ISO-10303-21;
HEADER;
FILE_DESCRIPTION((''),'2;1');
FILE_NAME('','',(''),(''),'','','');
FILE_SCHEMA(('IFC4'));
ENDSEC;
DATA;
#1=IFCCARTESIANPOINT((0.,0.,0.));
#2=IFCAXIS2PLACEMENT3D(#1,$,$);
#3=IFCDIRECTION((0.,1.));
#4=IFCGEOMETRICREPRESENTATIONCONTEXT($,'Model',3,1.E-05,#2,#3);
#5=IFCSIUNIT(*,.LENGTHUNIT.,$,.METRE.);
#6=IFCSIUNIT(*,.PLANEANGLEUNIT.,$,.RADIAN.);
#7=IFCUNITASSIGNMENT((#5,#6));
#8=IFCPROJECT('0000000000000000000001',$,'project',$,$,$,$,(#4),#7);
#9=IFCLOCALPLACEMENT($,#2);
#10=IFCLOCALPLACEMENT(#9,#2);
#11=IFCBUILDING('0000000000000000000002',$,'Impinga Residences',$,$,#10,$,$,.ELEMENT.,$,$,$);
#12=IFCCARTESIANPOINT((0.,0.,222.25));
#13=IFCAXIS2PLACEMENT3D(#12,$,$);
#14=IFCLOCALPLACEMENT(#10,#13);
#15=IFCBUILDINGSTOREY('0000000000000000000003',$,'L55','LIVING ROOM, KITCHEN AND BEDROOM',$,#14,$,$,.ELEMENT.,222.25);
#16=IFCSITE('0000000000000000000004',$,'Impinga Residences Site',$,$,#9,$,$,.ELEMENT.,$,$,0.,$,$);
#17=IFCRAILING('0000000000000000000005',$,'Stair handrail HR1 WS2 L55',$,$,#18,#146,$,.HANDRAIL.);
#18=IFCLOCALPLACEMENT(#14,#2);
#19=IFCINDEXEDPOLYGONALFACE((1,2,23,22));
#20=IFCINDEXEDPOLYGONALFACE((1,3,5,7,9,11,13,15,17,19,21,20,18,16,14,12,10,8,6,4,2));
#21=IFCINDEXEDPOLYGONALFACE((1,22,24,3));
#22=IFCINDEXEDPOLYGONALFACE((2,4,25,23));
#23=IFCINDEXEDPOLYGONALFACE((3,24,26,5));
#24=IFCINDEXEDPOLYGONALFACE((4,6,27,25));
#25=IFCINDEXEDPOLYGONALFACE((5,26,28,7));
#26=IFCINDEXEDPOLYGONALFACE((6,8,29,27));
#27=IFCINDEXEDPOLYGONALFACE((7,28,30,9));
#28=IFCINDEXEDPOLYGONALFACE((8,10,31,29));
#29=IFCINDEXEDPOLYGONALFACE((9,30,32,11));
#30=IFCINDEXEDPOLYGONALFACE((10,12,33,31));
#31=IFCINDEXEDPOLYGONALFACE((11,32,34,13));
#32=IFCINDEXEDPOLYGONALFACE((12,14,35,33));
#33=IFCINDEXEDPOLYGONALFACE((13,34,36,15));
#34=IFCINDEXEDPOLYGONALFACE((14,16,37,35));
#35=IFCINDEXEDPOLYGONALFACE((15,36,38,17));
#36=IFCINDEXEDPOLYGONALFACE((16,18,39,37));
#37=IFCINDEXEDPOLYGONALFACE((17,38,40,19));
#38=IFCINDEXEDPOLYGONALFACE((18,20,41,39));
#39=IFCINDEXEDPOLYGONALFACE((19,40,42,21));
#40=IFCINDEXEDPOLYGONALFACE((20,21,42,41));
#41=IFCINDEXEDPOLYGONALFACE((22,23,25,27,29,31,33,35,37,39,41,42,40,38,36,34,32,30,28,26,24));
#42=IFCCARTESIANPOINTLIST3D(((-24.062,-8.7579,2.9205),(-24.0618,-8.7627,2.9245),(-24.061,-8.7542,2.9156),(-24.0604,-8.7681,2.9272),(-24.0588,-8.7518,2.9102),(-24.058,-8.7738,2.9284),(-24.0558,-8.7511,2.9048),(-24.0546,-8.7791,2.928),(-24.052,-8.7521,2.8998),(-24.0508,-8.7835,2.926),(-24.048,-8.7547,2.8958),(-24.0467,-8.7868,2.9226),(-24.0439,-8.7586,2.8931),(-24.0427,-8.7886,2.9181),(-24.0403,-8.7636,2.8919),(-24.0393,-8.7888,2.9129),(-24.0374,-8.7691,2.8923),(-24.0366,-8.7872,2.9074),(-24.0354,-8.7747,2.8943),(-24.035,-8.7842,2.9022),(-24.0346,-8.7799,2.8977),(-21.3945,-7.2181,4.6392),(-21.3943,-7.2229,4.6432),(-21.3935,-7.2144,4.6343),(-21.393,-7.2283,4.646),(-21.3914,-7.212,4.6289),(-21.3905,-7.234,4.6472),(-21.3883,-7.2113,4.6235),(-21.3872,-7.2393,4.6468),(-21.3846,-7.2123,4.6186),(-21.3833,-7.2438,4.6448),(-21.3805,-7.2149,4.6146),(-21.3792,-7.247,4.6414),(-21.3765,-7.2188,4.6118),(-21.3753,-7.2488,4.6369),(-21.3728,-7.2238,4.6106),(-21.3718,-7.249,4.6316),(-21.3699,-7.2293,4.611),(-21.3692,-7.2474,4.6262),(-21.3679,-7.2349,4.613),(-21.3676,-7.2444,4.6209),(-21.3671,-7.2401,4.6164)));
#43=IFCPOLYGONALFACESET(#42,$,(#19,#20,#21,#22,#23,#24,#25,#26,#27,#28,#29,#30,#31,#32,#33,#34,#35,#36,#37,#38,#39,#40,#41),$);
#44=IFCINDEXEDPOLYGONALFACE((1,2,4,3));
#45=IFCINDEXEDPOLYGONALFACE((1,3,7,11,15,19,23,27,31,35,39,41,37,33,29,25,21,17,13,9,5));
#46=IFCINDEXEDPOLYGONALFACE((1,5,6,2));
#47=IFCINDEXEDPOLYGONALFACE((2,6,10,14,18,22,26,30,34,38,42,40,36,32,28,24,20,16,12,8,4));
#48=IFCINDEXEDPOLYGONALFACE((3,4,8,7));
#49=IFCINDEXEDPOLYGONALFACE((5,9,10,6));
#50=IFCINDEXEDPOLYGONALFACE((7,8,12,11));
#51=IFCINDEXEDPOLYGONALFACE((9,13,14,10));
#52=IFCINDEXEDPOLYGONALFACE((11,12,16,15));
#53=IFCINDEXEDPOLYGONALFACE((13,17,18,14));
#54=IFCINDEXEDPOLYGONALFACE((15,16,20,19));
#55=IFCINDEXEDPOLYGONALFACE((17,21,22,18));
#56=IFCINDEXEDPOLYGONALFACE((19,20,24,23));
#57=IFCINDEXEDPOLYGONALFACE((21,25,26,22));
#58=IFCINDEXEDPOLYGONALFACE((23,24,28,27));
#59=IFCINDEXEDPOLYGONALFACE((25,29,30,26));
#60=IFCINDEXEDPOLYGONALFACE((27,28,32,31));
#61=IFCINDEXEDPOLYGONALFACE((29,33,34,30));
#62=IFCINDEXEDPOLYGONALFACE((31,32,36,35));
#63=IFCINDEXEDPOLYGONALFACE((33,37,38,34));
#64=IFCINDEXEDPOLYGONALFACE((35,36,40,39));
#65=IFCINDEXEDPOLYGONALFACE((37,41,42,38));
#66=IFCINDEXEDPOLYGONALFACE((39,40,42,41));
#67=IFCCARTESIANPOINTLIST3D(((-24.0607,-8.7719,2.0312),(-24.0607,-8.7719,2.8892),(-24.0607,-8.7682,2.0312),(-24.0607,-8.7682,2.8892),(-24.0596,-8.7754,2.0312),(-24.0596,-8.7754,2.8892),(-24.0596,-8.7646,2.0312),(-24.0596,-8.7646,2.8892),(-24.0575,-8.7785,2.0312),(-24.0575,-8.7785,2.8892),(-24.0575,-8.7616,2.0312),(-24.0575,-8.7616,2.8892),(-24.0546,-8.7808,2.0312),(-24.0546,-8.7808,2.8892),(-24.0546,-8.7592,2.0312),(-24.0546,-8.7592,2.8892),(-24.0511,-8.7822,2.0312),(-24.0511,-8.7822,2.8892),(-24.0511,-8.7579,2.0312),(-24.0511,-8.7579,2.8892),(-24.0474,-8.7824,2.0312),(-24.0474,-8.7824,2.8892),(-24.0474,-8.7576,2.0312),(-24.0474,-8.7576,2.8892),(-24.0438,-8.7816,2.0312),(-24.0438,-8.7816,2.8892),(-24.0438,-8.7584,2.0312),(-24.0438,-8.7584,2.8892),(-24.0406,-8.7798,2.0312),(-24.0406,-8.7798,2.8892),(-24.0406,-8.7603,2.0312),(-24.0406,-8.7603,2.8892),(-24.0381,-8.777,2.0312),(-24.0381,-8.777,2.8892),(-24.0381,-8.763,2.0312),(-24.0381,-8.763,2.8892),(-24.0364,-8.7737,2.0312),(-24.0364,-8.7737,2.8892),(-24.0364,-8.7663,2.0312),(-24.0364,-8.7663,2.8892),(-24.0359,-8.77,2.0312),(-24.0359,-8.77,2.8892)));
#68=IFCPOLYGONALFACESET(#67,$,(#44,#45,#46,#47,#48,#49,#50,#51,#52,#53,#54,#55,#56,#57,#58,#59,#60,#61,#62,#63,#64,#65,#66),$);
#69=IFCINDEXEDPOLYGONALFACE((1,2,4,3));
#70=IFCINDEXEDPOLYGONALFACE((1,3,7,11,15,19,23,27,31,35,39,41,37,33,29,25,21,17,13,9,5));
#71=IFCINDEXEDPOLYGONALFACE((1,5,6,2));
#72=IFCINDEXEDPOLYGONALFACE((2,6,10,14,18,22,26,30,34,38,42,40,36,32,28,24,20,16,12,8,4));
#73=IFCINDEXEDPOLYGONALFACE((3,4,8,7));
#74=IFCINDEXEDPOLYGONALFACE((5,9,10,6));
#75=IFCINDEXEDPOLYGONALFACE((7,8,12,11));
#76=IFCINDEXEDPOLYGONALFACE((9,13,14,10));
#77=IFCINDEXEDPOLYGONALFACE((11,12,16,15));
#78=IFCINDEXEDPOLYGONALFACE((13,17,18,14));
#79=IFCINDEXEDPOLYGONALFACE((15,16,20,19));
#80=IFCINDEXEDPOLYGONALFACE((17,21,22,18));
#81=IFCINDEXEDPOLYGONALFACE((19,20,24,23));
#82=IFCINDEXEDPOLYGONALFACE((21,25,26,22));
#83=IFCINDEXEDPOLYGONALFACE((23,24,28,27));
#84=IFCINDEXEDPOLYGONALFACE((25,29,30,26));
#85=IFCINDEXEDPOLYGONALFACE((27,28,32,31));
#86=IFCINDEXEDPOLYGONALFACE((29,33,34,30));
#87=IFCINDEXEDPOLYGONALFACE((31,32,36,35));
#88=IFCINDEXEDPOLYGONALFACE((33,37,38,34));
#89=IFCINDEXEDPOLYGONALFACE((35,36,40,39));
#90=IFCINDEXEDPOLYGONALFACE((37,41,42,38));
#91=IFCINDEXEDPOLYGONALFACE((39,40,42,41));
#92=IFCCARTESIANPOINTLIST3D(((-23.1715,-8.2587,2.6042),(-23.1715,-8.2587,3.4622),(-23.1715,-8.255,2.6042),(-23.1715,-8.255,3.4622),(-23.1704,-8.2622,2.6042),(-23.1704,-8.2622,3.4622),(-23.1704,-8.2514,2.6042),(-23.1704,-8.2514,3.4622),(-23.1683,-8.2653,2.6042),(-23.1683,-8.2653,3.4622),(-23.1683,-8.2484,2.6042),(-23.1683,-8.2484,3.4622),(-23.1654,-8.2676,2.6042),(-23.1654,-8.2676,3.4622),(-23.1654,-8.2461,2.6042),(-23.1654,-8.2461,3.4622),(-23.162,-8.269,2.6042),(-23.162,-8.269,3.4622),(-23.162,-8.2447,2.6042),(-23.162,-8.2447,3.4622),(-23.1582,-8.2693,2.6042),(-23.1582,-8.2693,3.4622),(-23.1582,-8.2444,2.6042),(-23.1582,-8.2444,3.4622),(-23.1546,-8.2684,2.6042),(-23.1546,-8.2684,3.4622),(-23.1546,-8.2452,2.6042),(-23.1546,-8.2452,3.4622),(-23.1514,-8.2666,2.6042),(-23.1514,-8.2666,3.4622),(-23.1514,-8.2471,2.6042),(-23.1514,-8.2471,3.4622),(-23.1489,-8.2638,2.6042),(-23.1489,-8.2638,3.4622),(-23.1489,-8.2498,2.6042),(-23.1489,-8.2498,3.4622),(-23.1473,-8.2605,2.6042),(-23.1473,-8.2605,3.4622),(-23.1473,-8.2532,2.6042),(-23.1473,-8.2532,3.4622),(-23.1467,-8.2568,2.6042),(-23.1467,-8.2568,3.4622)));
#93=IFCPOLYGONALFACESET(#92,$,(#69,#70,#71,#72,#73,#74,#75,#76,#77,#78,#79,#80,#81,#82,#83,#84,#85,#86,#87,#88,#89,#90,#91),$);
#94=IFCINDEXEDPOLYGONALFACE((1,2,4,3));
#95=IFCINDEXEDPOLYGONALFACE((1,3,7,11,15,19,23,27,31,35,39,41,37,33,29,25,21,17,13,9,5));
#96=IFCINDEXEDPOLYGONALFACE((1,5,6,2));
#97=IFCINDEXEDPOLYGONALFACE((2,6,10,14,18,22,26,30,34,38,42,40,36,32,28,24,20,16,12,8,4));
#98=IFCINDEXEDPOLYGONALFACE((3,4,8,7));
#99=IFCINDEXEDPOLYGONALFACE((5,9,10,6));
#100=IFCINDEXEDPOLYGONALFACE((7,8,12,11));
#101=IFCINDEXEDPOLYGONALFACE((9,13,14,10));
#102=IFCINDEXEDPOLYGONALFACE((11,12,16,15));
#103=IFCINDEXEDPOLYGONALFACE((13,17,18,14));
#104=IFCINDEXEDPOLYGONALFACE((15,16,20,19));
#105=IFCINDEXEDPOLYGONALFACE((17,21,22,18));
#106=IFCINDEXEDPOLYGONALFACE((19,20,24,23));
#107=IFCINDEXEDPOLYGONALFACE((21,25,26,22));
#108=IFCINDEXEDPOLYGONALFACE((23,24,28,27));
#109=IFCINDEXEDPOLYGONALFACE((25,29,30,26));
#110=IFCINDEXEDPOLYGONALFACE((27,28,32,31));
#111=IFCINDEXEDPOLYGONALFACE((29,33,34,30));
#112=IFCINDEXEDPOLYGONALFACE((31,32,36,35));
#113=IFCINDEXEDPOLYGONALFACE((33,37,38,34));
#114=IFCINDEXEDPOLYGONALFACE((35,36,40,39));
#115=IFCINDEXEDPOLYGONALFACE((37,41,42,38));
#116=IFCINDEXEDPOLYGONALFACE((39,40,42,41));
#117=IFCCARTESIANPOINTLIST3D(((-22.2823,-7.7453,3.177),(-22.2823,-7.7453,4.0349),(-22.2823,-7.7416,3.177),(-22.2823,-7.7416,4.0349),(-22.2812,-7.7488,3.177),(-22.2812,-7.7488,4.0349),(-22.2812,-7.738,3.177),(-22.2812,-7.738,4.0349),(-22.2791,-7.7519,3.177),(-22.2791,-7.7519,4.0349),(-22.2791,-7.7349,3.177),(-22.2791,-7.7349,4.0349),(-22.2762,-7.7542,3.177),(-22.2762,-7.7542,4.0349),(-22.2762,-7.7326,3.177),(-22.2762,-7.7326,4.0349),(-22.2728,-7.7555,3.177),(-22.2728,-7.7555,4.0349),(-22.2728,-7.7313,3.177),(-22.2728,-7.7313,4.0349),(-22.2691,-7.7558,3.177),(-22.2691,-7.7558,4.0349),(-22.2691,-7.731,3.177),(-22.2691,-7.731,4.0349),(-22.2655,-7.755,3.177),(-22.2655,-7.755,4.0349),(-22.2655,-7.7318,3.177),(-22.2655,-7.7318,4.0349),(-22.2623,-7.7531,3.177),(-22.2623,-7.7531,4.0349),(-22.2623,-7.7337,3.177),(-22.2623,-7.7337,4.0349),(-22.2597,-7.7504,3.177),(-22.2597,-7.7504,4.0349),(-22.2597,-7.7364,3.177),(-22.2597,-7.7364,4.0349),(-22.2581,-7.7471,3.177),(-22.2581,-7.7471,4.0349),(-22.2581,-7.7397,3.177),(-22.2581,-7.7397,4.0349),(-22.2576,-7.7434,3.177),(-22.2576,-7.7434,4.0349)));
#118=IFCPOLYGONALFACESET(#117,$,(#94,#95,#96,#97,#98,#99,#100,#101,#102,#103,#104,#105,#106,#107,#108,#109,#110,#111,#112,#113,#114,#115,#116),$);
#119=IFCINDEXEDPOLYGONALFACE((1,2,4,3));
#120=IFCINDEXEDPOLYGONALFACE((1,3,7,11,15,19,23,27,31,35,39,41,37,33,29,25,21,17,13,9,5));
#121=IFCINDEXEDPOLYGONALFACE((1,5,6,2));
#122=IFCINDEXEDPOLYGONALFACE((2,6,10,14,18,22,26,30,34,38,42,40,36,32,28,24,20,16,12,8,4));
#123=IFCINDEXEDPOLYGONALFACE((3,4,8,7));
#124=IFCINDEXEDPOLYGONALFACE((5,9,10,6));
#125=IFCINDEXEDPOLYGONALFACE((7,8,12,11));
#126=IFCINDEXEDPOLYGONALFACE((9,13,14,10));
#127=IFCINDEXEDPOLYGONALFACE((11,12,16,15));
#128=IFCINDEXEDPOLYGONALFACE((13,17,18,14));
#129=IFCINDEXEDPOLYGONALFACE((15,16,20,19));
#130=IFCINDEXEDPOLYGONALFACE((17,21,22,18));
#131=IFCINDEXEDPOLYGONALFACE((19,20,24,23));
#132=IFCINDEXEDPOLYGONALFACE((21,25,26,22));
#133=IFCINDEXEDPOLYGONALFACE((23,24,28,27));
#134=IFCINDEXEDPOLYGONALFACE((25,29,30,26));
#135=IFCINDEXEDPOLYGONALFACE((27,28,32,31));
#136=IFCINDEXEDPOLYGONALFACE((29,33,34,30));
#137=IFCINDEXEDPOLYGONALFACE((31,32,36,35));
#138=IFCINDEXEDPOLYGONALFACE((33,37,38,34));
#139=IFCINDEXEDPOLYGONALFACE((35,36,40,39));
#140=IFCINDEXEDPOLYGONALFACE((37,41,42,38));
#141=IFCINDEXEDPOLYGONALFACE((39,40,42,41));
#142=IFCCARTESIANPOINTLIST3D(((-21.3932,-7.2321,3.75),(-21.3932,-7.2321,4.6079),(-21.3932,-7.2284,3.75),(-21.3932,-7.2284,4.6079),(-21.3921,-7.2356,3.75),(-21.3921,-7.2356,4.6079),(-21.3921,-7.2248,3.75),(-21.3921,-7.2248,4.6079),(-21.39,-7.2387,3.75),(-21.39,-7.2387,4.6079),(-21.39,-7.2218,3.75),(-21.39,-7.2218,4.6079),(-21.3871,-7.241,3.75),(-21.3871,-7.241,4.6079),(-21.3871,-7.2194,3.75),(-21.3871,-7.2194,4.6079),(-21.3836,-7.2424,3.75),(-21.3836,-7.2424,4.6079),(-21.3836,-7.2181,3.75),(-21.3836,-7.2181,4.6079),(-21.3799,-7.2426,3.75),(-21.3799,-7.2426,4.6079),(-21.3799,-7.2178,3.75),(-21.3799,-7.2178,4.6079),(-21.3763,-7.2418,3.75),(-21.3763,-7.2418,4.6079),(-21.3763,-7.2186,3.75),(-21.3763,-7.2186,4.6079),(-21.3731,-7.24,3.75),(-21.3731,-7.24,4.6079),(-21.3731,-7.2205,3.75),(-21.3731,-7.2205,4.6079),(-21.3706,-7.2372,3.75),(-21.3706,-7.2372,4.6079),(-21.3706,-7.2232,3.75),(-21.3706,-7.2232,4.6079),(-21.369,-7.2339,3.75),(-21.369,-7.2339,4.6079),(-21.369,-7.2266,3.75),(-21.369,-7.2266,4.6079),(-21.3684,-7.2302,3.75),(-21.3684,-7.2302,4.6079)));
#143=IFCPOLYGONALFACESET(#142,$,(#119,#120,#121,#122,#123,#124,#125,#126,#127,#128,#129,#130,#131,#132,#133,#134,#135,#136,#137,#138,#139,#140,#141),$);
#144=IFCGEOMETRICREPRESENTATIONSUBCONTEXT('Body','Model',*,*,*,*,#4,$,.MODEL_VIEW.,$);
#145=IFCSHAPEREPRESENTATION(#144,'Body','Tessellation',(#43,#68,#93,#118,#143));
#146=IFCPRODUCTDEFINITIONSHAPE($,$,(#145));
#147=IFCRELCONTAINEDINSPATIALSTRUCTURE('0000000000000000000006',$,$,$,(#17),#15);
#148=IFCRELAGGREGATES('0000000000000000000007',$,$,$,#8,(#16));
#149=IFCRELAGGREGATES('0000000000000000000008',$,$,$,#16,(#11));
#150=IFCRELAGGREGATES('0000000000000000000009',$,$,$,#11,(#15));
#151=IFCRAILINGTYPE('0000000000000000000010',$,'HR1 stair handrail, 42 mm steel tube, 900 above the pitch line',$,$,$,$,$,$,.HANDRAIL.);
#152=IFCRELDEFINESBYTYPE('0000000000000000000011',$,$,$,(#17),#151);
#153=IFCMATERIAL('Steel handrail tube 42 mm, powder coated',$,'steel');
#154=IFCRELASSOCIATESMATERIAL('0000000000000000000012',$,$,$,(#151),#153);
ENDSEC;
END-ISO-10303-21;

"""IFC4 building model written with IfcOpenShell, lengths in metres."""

from ifc_helpers import new_model, si_unit, direction, frame, origin, origin_2d, place, context, subcontext, project, spatial, circle, extrude, material, type_object, element, save


model = new_model("IFC4")

# Units and contexts
model_context = context("Model", 3, precision=1e-05, world=origin(), true_north=direction((0.0, 1.0)))
body_context = subcontext(model_context, "Body", "Model", "MODEL_VIEW")
ifc_project = project(units=[si_unit("LENGTHUNIT", "METRE"), si_unit("PLANEANGLEUNIT", "RADIAN")], contexts=[model_context])

# Site, building, storey
site_placement = place(None, origin())
site = spatial("IfcSite", under=ifc_project, at=site_placement, Name="Impinga Residences Site", CompositionType="ELEMENT", RefElevation=0.0)
building_placement = place(site_placement, origin())
building = spatial("IfcBuilding", under=site, at=building_placement, Name="Impinga Residences", CompositionType="ELEMENT")
storey_placement = place(building_placement, frame((0.0, 0.0, 222.25)))
storey = spatial("IfcBuildingStorey", under=building, at=storey_placement, Name="L55", Description="LIVING ROOM, KITCHEN AND BEDROOM", CompositionType="ELEMENT", Elevation=222.25)

# Railing
ifc_material_1 = material(Name="Steel handrail tube 42 mm, powder coated", Category="steel")
railing_type = type_object("IfcRailingType", Name="HR1 stair handrail, 42 mm steel tube, 900 above the pitch line", PredefinedType="HANDRAIL", material=ifc_material_1)
railing_placement = place(storey_placement, frame((-24.0483, -8.77, 2.0312)))
element("IfcRailing", 1, at=railing_placement, inside=storey, type_object=railing_type, Name="Stair handrail HR1 WS2 L55", PredefinedType="HANDRAIL", context=body_context, shape_type="SweptSolid", body=[
    extrude(circle(Radius=0.021, at=origin_2d()), frame((0.0, 0.0, 0.8789), z_axis=(0.756279, 0.43656, 0.487297), x_axis=(-0.499933, 0.866064, 0.0)), (0.0, 0.0, 1.0), 3.5271),
    extrude(circle(Radius=0.0125, at=origin_2d()), origin(), (0.0, 0.0, 1.0), 0.8579),
    extrude(circle(Radius=0.0125, at=origin_2d()), frame((0.8892, 0.5132, 0.573)), (0.0, 0.0, 1.0), 0.8579),
    extrude(circle(Radius=0.0125, at=origin_2d()), frame((1.7783, 1.0266, 1.1458)), (0.0, 0.0, 1.0), 0.8579),
    extrude(circle(Radius=0.0125, at=origin_2d()), frame((2.6675, 1.5398, 1.7188)), (0.0, 0.0, 1.0), 0.8579),
])

save(model, "model.ifc")
